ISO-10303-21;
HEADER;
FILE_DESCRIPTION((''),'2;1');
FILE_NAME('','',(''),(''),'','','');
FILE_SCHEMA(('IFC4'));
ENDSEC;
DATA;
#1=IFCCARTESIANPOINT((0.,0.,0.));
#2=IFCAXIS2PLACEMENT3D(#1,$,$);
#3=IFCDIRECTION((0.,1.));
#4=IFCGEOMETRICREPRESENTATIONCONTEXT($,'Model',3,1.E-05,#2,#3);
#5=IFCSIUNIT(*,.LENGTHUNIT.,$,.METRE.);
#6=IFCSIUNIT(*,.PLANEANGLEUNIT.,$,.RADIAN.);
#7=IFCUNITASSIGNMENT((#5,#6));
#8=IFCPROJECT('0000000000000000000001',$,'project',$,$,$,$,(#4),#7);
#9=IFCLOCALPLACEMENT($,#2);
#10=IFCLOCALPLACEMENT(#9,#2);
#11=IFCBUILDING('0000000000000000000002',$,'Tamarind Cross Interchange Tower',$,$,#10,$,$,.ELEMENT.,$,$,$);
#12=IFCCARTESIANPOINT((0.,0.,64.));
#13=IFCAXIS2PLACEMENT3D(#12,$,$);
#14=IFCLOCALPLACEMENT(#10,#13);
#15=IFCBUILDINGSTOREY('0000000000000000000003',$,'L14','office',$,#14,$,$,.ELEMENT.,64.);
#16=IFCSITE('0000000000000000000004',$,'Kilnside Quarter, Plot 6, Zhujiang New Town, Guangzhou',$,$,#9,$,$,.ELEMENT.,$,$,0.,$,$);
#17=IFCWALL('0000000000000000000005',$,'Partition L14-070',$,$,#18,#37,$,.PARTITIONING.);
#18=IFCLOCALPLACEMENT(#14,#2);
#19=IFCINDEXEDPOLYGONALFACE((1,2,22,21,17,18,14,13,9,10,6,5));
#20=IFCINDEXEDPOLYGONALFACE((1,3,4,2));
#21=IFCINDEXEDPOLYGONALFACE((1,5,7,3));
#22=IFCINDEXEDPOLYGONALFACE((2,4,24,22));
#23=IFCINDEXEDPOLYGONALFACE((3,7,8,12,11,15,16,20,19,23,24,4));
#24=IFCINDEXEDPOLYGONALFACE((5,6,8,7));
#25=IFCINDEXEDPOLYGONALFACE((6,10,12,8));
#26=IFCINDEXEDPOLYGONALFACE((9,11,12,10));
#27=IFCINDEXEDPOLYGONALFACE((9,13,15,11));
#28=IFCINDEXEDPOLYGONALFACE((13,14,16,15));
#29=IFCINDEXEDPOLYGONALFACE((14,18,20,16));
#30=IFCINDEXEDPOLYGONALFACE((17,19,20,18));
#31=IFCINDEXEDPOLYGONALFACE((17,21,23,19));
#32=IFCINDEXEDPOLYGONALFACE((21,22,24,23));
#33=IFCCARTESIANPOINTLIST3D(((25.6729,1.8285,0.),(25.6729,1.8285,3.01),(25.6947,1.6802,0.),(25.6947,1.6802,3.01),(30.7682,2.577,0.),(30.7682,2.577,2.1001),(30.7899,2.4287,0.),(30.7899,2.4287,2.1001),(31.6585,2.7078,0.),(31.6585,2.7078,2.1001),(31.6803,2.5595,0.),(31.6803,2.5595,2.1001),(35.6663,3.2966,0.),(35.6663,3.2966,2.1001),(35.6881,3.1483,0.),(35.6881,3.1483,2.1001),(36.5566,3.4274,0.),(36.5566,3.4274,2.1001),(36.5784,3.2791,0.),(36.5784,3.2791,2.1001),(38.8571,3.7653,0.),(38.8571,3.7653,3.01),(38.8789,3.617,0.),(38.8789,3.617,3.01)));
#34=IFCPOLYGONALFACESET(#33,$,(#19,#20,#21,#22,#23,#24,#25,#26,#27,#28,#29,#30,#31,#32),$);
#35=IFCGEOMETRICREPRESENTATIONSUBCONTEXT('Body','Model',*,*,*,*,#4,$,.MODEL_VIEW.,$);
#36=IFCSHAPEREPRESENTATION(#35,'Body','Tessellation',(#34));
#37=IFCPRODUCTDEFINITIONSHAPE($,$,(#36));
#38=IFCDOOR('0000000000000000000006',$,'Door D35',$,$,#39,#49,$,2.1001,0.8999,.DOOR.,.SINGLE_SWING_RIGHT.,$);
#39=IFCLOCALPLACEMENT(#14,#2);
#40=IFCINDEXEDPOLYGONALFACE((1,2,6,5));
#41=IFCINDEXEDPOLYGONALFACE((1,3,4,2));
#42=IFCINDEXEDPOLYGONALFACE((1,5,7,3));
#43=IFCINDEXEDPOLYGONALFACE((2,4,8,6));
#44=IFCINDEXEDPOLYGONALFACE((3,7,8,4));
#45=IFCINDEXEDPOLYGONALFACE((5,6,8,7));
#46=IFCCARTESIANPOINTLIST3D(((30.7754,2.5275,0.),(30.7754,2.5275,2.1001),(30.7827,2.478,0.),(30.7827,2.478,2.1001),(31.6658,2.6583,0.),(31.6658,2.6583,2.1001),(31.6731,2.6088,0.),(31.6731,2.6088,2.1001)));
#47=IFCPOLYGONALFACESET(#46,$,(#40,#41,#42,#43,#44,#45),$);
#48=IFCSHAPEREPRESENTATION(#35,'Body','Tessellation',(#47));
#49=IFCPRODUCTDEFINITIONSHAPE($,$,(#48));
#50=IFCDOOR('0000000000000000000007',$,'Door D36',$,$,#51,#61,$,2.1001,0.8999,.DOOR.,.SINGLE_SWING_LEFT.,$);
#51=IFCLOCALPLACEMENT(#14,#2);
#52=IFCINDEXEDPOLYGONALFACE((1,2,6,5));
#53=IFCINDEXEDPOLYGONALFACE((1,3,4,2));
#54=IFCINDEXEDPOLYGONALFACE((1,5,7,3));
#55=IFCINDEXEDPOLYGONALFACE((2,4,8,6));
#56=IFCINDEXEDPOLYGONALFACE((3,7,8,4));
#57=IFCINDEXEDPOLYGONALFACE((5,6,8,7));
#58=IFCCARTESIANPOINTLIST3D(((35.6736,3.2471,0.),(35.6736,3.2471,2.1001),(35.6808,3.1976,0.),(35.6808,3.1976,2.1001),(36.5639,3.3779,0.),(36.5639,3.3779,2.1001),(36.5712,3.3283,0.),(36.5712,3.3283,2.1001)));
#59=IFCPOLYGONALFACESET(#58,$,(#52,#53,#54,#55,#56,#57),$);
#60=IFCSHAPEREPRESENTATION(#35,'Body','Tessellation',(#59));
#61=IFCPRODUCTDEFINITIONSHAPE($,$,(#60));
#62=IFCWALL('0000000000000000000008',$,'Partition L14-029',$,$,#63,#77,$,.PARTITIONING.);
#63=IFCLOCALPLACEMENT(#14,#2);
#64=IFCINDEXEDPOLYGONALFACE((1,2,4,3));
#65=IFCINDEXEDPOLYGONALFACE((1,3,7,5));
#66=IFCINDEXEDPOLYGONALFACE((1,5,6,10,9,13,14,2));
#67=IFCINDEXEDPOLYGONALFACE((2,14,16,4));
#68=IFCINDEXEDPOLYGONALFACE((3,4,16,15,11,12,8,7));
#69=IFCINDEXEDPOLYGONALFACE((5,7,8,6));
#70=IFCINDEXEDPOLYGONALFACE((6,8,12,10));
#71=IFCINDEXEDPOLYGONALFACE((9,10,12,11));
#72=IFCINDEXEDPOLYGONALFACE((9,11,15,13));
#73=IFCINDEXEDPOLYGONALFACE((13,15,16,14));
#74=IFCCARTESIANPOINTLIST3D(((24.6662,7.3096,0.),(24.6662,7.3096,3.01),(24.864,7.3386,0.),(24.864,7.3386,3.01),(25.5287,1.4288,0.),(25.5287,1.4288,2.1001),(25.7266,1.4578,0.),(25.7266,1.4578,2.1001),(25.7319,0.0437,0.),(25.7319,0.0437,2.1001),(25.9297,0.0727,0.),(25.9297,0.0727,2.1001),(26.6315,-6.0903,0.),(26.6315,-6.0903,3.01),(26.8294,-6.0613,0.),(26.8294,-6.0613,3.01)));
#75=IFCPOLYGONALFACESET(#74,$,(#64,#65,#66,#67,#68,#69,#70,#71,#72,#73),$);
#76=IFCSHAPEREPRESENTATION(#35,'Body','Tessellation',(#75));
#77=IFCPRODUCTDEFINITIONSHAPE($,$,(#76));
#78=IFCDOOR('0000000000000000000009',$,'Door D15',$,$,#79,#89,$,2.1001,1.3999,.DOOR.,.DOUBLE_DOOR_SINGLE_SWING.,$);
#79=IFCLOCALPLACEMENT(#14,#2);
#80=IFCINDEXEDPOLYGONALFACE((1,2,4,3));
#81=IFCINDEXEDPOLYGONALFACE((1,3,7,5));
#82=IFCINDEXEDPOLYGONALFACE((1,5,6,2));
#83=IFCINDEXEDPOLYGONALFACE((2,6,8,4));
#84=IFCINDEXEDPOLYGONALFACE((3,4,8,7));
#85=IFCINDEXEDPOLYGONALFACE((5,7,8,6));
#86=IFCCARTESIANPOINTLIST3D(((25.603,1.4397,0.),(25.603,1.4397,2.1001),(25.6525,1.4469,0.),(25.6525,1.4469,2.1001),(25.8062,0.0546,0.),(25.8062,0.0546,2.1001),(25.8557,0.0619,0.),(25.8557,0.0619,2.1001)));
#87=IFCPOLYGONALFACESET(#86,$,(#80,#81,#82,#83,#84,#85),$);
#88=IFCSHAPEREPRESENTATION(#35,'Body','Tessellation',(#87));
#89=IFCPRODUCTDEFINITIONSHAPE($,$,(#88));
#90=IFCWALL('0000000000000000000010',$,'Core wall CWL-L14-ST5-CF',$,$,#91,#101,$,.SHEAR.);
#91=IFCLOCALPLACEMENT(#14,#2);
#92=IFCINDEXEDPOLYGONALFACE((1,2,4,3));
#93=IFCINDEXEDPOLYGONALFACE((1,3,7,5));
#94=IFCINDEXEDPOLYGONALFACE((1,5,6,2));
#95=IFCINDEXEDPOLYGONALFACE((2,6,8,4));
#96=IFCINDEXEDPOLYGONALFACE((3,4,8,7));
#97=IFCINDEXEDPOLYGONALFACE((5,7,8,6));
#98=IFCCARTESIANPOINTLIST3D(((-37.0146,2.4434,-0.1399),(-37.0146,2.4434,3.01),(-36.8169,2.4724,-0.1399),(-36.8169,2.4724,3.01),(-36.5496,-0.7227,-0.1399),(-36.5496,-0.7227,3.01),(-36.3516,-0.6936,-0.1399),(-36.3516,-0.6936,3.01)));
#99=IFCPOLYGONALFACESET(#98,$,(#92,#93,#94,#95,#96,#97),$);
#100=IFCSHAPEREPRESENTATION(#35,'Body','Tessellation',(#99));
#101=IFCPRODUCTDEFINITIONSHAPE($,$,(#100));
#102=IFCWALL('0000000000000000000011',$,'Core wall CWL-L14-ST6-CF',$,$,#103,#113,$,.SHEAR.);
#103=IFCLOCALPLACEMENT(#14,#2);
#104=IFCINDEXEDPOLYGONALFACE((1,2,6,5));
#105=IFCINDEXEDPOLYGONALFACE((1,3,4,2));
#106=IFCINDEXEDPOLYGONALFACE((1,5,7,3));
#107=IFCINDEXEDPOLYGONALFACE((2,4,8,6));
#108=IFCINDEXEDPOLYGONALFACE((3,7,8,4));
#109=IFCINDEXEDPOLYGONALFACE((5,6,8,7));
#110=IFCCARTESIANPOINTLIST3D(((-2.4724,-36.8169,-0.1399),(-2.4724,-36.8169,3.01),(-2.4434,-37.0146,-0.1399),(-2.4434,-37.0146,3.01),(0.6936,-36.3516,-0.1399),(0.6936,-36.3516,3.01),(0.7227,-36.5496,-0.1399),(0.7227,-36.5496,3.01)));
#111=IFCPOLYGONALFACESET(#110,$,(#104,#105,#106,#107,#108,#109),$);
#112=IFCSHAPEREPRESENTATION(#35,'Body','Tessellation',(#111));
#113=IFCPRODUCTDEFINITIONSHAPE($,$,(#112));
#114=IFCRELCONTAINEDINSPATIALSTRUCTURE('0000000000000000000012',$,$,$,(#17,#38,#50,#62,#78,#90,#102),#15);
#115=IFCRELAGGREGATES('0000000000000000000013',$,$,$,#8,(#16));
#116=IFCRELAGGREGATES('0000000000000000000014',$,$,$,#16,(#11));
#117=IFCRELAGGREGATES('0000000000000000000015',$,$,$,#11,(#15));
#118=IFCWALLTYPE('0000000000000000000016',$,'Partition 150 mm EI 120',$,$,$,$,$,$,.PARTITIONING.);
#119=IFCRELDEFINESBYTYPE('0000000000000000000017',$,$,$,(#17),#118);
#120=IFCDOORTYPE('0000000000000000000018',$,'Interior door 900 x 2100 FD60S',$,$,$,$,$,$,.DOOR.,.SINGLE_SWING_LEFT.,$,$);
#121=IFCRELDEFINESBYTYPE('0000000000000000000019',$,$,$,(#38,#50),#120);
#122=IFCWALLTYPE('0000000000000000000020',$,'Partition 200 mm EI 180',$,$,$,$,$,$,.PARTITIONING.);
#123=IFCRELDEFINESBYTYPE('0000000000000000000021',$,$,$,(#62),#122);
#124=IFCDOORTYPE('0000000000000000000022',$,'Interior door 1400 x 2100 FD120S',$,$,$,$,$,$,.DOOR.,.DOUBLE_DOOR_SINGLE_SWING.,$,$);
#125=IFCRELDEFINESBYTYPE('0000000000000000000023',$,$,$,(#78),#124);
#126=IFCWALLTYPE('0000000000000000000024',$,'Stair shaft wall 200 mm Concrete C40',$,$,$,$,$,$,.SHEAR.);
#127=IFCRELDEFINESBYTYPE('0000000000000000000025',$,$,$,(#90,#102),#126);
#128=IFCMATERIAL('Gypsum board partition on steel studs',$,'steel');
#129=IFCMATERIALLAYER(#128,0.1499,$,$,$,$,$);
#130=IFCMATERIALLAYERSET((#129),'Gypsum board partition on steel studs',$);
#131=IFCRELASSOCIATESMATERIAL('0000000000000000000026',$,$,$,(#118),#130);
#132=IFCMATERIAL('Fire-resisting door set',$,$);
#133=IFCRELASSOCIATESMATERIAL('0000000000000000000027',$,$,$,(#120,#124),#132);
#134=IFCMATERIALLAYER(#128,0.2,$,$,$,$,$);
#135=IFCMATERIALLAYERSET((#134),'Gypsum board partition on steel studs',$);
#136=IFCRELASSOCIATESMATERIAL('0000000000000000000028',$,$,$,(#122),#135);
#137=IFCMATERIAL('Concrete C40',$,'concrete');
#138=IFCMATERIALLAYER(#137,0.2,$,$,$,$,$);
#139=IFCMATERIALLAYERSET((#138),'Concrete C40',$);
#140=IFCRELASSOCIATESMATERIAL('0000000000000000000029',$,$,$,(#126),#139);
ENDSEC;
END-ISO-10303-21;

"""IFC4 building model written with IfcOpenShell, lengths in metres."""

from ifc_helpers import new_model, si_unit, direction, frame, frame_2d, origin, place, context, subcontext, project, spatial, polyline, rectangle, outline, extrude, material, layer, layer_set, type_object, element, fill, save


model = new_model("IFC4")

# Units and contexts
model_context = context("Model", 3, precision=1e-05, world=origin(), true_north=direction((0.0, 1.0)))
body_context = subcontext(model_context, "Body", "Model", "MODEL_VIEW")
ifc_project = project(units=[si_unit("LENGTHUNIT", "METRE"), si_unit("PLANEANGLEUNIT", "RADIAN")], contexts=[model_context])

# Site, building, storey
site_placement = place(None, origin())
site = spatial("IfcSite", under=ifc_project, at=site_placement, Name="Kilnside Quarter, Plot 6, Zhujiang New Town, Guangzhou", CompositionType="ELEMENT", RefElevation=0.0)
building_placement = place(site_placement, origin())
building = spatial("IfcBuilding", under=site, at=building_placement, Name="Tamarind Cross Interchange Tower", CompositionType="ELEMENT")
storey_placement = place(building_placement, frame((0.0, 0.0, 64.0)))
storey = spatial("IfcBuildingStorey", under=building, at=storey_placement, Name="L14", Description="office", CompositionType="ELEMENT", Elevation=64.0)

# Shared definitions
ifc_material_1 = material(Name="Concrete C40", Category="concrete")

# Shared definitions
ifc_material_2 = material(Name="Gypsum board partition on steel studs", Category="steel")

# Shared definitions
ifc_layer_1 = layer(ifc_material_2, 0.1499)
ifc_layer_set_1 = layer_set([ifc_layer_1], Name="Gypsum board partition on steel studs")
wall_type_1 = type_object("IfcWallType", Name="Partition 150 mm EI 120", PredefinedType="PARTITIONING", material=ifc_layer_set_1)
ifc_material_3 = material(Name="Fire-resisting door set")

# Wall, openings, doors
wall_1_placement = place(storey_placement, frame((25.6838, 1.7544, 0.0), z_axis=(0.0, 0.0, 1.0), x_axis=(0.989381, 0.145342, 0.0)))
wall_1 = element("IfcWall", 1, at=wall_1_placement, inside=storey, type_object=wall_type_1, Name="Partition L14-070", PredefinedType="PARTITIONING", context=body_context, shape_type="SweptSolid", body=[
    extrude(rectangle(XDim=13.3257, YDim=0.1499, at=frame_2d((6.6628, 0.0))), origin(), (0.0, 0.0, 1.0), 3.01),
])
opening_1_placement = place(wall_1_placement, frame((5.1499, 0.0, 0.0)))
opening_1 = element("IfcOpeningElement", 2, at=opening_1_placement, cuts=wall_1, PredefinedType="OPENING", context=body_context, shape_type="SweptSolid", body=[
    extrude(rectangle(XDim=0.8999, YDim=2.1001, at=frame_2d((0.45, 1.05))), frame((0.0, 0.085, 0.0), z_axis=(0.0, -1.0, 0.0), x_axis=(1.0, 0.0, 0.0)), (0.0, 0.0, 1.0), 0.1699),
])
opening_2_placement = place(wall_1_placement, frame((10.1006, 0.0, 0.0)))
opening_2 = element("IfcOpeningElement", 3, at=opening_2_placement, cuts=wall_1, PredefinedType="OPENING", context=body_context, shape_type="SweptSolid", body=[
    extrude(rectangle(XDim=0.8999, YDim=2.1001, at=frame_2d((0.45, 1.05))), frame((0.0, 0.085, 0.0), z_axis=(0.0, -1.0, 0.0), x_axis=(1.0, 0.0, 0.0)), (0.0, 0.0, 1.0), 0.1699),
])
door_type_1 = type_object("IfcDoorType", Name="Interior door 900 x 2100 FD60S", OperationType="SINGLE_SWING_LEFT", PredefinedType="DOOR", material=ifc_material_3)
door_1_placement = place(opening_1_placement, origin())
door_1 = element("IfcDoor", 4, at=door_1_placement, inside=storey, type_object=door_type_1, Name="Door D35", OperationType="SINGLE_SWING_RIGHT", OverallHeight=2.1001, OverallWidth=0.8999, PredefinedType="DOOR", context=body_context, shape_type="SweptSolid", body=[
    extrude(rectangle(XDim=0.8999, YDim=2.1001, at=frame_2d((0.45, 1.05))), frame((0.0, 0.0249, 0.0), z_axis=(0.0, -1.0, 0.0), x_axis=(1.0, 0.0, 0.0)), (0.0, 0.0, 1.0), 0.05),
])
fill(opening_1, door_1)
door_2_placement = place(opening_2_placement, origin())
door_2 = element("IfcDoor", 5, at=door_2_placement, inside=storey, type_object=door_type_1, Name="Door D36", OperationType="SINGLE_SWING_LEFT", OverallHeight=2.1001, OverallWidth=0.8999, PredefinedType="DOOR", context=body_context, shape_type="SweptSolid", body=[
    extrude(rectangle(XDim=0.8999, YDim=2.1001, at=frame_2d((0.45, 1.05))), frame((0.0, 0.0249, 0.0), z_axis=(0.0, -1.0, 0.0), x_axis=(1.0, 0.0, 0.0)), (0.0, 0.0, 1.0), 0.05),
])
fill(opening_2, door_2)

# Wall, opening, door
ifc_layer_2 = layer(ifc_material_2, 0.2)
ifc_layer_set_2 = layer_set([ifc_layer_2], Name="Gypsum board partition on steel studs")
wall_type_2 = type_object("IfcWallType", Name="Partition 200 mm EI 180", PredefinedType="PARTITIONING", material=ifc_layer_set_2)
wall_2_placement = place(storey_placement, frame((24.7651, 7.324, 0.0), z_axis=(0.0, 0.0, 1.0), x_axis=(0.145115, -0.989415, 0.0)))
wall_2 = element("IfcWall", 6, at=wall_2_placement, inside=storey, type_object=wall_type_2, Name="Partition L14-029", PredefinedType="PARTITIONING", context=body_context, shape_type="SweptSolid", body=[
    extrude(rectangle(XDim=13.5432, YDim=0.2, at=frame_2d((6.7715, 0.0))), origin(), (0.0, 0.0, 1.0), 3.01),
])
opening_3_placement = place(wall_2_placement, frame((5.9436, 0.0, 0.0)))
opening_3 = element("IfcOpeningElement", 7, at=opening_3_placement, cuts=wall_2, PredefinedType="OPENING", context=body_context, shape_type="SweptSolid", body=[
    extrude(rectangle(XDim=1.3999, YDim=2.1001, at=frame_2d((0.7, 1.05))), frame((0.0, 0.1099, 0.0), z_axis=(0.0, -1.0, 0.0), x_axis=(1.0, 0.0, 0.0)), (0.0, 0.0, 1.0), 0.22),
])
door_type_2 = type_object("IfcDoorType", Name="Interior door 1400 x 2100 FD120S", OperationType="DOUBLE_DOOR_SINGLE_SWING", PredefinedType="DOOR", material=ifc_material_3)
door_3_placement = place(opening_3_placement, frame((1.3999, 0.0, 0.0), z_axis=(0.0, 0.0, 1.0), x_axis=(-1.0, 0.0, 0.0)))
door_3 = element("IfcDoor", 8, at=door_3_placement, inside=storey, type_object=door_type_2, Name="Door D15", OperationType="DOUBLE_DOOR_SINGLE_SWING", OverallHeight=2.1001, OverallWidth=1.3999, PredefinedType="DOOR", context=body_context, shape_type="SweptSolid", body=[
    extrude(rectangle(XDim=1.3999, YDim=2.1001, at=frame_2d((0.7, 1.05))), frame((0.0, 0.0249, 0.0), z_axis=(0.0, -1.0, 0.0), x_axis=(1.0, 0.0, 0.0)), (0.0, 0.0, 1.0), 0.05),
])
fill(opening_3, door_3)

# Walls
ifc_layer_3 = layer(ifc_material_1, 0.2)
ifc_layer_set_3 = layer_set([ifc_layer_3], Name="Concrete C40")
wall_type_3 = type_object("IfcWallType", Name="Stair shaft wall 200 mm Concrete C40", PredefinedType="SHEAR", material=ifc_layer_set_3)
wall_3_placement = place(storey_placement, frame((0.0, 0.0, -0.1399)))
element("IfcWall", 9, at=wall_3_placement, inside=storey, type_object=wall_type_3, Name="Core wall CWL-L14-ST5-CF", PredefinedType="SHEAR", context=body_context, shape_type="SweptSolid", body=[
    extrude(outline(polyline([(-36.8169, 2.4724), (-37.0146, 2.4434), (-36.5496, -0.7227), (-36.3516, -0.6936), (-36.8169, 2.4724)])), origin(), (0.0, 0.0, 1.0), 3.1499),
])
wall_4_placement = place(storey_placement, frame((0.0, 0.0, -0.1399)))
element("IfcWall", 10, at=wall_4_placement, inside=storey, type_object=wall_type_3, Name="Core wall CWL-L14-ST6-CF", PredefinedType="SHEAR", context=body_context, shape_type="SweptSolid", body=[
    extrude(outline(polyline([(-2.4724, -36.8169), (-2.4434, -37.0146), (0.7227, -36.5496), (0.6936, -36.3516), (-2.4724, -36.8169)])), origin(), (0.0, 0.0, 1.0), 3.1499),
])

save(model, "model.ifc")
